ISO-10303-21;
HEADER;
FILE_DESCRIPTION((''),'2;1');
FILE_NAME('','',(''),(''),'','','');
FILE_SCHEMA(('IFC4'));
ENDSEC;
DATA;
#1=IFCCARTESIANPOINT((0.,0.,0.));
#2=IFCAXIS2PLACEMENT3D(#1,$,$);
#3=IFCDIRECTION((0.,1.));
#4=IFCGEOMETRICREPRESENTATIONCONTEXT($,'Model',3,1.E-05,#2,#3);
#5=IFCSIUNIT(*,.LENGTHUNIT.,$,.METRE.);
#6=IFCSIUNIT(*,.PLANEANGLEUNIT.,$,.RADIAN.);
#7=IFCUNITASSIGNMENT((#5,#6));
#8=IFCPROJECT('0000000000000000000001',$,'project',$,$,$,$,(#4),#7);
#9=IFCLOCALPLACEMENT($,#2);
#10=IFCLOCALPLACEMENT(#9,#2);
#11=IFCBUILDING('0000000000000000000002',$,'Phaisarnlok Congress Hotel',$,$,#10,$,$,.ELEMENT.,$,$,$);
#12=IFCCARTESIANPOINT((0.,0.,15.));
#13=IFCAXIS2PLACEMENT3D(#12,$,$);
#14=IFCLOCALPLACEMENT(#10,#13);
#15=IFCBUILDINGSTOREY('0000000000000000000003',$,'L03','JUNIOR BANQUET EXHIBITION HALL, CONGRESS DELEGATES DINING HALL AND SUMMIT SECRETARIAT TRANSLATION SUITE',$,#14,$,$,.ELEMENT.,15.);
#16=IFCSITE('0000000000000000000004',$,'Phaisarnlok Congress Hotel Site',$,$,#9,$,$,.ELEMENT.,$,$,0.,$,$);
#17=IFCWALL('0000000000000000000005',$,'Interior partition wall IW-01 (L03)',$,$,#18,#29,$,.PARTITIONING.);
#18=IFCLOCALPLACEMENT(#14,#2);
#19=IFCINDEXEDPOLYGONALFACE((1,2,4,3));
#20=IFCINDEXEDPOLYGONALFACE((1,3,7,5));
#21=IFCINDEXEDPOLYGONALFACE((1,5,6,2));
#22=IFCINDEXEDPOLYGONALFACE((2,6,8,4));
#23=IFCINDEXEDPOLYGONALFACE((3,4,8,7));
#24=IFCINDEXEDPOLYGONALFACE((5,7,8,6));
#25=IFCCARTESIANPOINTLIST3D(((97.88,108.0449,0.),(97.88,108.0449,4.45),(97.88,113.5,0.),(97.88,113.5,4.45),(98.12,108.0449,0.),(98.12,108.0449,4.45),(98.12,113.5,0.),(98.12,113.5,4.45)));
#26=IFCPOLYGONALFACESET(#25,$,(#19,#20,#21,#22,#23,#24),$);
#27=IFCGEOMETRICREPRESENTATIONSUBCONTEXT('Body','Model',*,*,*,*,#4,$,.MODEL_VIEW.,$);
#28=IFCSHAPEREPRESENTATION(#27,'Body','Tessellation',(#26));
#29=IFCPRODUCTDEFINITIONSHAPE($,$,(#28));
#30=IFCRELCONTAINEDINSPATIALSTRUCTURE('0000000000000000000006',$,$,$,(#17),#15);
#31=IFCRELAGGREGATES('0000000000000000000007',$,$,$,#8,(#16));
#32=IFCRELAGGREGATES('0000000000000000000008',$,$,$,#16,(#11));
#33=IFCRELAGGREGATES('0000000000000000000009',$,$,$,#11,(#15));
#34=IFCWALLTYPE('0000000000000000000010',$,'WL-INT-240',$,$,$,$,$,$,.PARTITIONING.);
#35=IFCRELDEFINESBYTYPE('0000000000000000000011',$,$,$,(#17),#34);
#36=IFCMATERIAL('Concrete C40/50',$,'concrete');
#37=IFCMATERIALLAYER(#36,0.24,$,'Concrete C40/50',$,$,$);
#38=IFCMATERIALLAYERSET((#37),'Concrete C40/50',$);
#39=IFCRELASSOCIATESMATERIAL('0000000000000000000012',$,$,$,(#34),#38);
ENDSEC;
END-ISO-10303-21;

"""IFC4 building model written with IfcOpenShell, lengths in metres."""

from ifc_helpers import new_model, si_unit, direction, frame, frame_2d, origin, place, context, subcontext, project, spatial, rectangle, extrude, material, layer, layer_set, type_object, element, save


model = new_model("IFC4")

# Units and contexts
model_context = context("Model", 3, precision=1e-05, world=origin(), true_north=direction((0.0, 1.0)))
body_context = subcontext(model_context, "Body", "Model", "MODEL_VIEW")
ifc_project = project(units=[si_unit("LENGTHUNIT", "METRE"), si_unit("PLANEANGLEUNIT", "RADIAN")], contexts=[model_context])

# Site, building, storey
site_placement = place(None, origin())
site = spatial("IfcSite", under=ifc_project, at=site_placement, Name="Phaisarnlok Congress Hotel Site", CompositionType="ELEMENT", RefElevation=0.0)
building_placement = place(site_placement, origin())
building = spatial("IfcBuilding", under=site, at=building_placement, Name="Phaisarnlok Congress Hotel", CompositionType="ELEMENT")
storey_placement = place(building_placement, frame((0.0, 0.0, 15.0)))
storey = spatial("IfcBuildingStorey", under=building, at=storey_placement, Name="L03", Description="JUNIOR BANQUET EXHIBITION HALL, CONGRESS DELEGATES DINING HALL AND SUMMIT SECRETARIAT TRANSLATION SUITE", CompositionType="ELEMENT", Elevation=15.0)

# Shared definitions
ifc_material_1 = material(Name="Concrete C40/50", Category="concrete")

# Wall
ifc_layer_1 = layer(ifc_material_1, 0.24, Name="Concrete C40/50")
ifc_layer_set_1 = layer_set([ifc_layer_1], Name="Concrete C40/50")
wall_type_1 = type_object("IfcWallType", Name="WL-INT-240", PredefinedType="PARTITIONING", material=ifc_layer_set_1)
wall_1_placement = place(storey_placement, frame((98.0, 108.0449, 0.0), z_axis=(0.0, 0.0, 1.0), x_axis=(0.0, 1.0, 0.0)))
element("IfcWall", 1, at=wall_1_placement, inside=storey, type_object=wall_type_1, Name="Interior partition wall IW-01 (L03)", PredefinedType="PARTITIONING", context=body_context, shape_type="SweptSolid", body=[
    extrude(rectangle(XDim=5.4551, YDim=0.24, at=frame_2d((2.7275, 0.0))), origin(), (0.0, 0.0, 1.0), 4.45),
])

save(model, "model.ifc")
